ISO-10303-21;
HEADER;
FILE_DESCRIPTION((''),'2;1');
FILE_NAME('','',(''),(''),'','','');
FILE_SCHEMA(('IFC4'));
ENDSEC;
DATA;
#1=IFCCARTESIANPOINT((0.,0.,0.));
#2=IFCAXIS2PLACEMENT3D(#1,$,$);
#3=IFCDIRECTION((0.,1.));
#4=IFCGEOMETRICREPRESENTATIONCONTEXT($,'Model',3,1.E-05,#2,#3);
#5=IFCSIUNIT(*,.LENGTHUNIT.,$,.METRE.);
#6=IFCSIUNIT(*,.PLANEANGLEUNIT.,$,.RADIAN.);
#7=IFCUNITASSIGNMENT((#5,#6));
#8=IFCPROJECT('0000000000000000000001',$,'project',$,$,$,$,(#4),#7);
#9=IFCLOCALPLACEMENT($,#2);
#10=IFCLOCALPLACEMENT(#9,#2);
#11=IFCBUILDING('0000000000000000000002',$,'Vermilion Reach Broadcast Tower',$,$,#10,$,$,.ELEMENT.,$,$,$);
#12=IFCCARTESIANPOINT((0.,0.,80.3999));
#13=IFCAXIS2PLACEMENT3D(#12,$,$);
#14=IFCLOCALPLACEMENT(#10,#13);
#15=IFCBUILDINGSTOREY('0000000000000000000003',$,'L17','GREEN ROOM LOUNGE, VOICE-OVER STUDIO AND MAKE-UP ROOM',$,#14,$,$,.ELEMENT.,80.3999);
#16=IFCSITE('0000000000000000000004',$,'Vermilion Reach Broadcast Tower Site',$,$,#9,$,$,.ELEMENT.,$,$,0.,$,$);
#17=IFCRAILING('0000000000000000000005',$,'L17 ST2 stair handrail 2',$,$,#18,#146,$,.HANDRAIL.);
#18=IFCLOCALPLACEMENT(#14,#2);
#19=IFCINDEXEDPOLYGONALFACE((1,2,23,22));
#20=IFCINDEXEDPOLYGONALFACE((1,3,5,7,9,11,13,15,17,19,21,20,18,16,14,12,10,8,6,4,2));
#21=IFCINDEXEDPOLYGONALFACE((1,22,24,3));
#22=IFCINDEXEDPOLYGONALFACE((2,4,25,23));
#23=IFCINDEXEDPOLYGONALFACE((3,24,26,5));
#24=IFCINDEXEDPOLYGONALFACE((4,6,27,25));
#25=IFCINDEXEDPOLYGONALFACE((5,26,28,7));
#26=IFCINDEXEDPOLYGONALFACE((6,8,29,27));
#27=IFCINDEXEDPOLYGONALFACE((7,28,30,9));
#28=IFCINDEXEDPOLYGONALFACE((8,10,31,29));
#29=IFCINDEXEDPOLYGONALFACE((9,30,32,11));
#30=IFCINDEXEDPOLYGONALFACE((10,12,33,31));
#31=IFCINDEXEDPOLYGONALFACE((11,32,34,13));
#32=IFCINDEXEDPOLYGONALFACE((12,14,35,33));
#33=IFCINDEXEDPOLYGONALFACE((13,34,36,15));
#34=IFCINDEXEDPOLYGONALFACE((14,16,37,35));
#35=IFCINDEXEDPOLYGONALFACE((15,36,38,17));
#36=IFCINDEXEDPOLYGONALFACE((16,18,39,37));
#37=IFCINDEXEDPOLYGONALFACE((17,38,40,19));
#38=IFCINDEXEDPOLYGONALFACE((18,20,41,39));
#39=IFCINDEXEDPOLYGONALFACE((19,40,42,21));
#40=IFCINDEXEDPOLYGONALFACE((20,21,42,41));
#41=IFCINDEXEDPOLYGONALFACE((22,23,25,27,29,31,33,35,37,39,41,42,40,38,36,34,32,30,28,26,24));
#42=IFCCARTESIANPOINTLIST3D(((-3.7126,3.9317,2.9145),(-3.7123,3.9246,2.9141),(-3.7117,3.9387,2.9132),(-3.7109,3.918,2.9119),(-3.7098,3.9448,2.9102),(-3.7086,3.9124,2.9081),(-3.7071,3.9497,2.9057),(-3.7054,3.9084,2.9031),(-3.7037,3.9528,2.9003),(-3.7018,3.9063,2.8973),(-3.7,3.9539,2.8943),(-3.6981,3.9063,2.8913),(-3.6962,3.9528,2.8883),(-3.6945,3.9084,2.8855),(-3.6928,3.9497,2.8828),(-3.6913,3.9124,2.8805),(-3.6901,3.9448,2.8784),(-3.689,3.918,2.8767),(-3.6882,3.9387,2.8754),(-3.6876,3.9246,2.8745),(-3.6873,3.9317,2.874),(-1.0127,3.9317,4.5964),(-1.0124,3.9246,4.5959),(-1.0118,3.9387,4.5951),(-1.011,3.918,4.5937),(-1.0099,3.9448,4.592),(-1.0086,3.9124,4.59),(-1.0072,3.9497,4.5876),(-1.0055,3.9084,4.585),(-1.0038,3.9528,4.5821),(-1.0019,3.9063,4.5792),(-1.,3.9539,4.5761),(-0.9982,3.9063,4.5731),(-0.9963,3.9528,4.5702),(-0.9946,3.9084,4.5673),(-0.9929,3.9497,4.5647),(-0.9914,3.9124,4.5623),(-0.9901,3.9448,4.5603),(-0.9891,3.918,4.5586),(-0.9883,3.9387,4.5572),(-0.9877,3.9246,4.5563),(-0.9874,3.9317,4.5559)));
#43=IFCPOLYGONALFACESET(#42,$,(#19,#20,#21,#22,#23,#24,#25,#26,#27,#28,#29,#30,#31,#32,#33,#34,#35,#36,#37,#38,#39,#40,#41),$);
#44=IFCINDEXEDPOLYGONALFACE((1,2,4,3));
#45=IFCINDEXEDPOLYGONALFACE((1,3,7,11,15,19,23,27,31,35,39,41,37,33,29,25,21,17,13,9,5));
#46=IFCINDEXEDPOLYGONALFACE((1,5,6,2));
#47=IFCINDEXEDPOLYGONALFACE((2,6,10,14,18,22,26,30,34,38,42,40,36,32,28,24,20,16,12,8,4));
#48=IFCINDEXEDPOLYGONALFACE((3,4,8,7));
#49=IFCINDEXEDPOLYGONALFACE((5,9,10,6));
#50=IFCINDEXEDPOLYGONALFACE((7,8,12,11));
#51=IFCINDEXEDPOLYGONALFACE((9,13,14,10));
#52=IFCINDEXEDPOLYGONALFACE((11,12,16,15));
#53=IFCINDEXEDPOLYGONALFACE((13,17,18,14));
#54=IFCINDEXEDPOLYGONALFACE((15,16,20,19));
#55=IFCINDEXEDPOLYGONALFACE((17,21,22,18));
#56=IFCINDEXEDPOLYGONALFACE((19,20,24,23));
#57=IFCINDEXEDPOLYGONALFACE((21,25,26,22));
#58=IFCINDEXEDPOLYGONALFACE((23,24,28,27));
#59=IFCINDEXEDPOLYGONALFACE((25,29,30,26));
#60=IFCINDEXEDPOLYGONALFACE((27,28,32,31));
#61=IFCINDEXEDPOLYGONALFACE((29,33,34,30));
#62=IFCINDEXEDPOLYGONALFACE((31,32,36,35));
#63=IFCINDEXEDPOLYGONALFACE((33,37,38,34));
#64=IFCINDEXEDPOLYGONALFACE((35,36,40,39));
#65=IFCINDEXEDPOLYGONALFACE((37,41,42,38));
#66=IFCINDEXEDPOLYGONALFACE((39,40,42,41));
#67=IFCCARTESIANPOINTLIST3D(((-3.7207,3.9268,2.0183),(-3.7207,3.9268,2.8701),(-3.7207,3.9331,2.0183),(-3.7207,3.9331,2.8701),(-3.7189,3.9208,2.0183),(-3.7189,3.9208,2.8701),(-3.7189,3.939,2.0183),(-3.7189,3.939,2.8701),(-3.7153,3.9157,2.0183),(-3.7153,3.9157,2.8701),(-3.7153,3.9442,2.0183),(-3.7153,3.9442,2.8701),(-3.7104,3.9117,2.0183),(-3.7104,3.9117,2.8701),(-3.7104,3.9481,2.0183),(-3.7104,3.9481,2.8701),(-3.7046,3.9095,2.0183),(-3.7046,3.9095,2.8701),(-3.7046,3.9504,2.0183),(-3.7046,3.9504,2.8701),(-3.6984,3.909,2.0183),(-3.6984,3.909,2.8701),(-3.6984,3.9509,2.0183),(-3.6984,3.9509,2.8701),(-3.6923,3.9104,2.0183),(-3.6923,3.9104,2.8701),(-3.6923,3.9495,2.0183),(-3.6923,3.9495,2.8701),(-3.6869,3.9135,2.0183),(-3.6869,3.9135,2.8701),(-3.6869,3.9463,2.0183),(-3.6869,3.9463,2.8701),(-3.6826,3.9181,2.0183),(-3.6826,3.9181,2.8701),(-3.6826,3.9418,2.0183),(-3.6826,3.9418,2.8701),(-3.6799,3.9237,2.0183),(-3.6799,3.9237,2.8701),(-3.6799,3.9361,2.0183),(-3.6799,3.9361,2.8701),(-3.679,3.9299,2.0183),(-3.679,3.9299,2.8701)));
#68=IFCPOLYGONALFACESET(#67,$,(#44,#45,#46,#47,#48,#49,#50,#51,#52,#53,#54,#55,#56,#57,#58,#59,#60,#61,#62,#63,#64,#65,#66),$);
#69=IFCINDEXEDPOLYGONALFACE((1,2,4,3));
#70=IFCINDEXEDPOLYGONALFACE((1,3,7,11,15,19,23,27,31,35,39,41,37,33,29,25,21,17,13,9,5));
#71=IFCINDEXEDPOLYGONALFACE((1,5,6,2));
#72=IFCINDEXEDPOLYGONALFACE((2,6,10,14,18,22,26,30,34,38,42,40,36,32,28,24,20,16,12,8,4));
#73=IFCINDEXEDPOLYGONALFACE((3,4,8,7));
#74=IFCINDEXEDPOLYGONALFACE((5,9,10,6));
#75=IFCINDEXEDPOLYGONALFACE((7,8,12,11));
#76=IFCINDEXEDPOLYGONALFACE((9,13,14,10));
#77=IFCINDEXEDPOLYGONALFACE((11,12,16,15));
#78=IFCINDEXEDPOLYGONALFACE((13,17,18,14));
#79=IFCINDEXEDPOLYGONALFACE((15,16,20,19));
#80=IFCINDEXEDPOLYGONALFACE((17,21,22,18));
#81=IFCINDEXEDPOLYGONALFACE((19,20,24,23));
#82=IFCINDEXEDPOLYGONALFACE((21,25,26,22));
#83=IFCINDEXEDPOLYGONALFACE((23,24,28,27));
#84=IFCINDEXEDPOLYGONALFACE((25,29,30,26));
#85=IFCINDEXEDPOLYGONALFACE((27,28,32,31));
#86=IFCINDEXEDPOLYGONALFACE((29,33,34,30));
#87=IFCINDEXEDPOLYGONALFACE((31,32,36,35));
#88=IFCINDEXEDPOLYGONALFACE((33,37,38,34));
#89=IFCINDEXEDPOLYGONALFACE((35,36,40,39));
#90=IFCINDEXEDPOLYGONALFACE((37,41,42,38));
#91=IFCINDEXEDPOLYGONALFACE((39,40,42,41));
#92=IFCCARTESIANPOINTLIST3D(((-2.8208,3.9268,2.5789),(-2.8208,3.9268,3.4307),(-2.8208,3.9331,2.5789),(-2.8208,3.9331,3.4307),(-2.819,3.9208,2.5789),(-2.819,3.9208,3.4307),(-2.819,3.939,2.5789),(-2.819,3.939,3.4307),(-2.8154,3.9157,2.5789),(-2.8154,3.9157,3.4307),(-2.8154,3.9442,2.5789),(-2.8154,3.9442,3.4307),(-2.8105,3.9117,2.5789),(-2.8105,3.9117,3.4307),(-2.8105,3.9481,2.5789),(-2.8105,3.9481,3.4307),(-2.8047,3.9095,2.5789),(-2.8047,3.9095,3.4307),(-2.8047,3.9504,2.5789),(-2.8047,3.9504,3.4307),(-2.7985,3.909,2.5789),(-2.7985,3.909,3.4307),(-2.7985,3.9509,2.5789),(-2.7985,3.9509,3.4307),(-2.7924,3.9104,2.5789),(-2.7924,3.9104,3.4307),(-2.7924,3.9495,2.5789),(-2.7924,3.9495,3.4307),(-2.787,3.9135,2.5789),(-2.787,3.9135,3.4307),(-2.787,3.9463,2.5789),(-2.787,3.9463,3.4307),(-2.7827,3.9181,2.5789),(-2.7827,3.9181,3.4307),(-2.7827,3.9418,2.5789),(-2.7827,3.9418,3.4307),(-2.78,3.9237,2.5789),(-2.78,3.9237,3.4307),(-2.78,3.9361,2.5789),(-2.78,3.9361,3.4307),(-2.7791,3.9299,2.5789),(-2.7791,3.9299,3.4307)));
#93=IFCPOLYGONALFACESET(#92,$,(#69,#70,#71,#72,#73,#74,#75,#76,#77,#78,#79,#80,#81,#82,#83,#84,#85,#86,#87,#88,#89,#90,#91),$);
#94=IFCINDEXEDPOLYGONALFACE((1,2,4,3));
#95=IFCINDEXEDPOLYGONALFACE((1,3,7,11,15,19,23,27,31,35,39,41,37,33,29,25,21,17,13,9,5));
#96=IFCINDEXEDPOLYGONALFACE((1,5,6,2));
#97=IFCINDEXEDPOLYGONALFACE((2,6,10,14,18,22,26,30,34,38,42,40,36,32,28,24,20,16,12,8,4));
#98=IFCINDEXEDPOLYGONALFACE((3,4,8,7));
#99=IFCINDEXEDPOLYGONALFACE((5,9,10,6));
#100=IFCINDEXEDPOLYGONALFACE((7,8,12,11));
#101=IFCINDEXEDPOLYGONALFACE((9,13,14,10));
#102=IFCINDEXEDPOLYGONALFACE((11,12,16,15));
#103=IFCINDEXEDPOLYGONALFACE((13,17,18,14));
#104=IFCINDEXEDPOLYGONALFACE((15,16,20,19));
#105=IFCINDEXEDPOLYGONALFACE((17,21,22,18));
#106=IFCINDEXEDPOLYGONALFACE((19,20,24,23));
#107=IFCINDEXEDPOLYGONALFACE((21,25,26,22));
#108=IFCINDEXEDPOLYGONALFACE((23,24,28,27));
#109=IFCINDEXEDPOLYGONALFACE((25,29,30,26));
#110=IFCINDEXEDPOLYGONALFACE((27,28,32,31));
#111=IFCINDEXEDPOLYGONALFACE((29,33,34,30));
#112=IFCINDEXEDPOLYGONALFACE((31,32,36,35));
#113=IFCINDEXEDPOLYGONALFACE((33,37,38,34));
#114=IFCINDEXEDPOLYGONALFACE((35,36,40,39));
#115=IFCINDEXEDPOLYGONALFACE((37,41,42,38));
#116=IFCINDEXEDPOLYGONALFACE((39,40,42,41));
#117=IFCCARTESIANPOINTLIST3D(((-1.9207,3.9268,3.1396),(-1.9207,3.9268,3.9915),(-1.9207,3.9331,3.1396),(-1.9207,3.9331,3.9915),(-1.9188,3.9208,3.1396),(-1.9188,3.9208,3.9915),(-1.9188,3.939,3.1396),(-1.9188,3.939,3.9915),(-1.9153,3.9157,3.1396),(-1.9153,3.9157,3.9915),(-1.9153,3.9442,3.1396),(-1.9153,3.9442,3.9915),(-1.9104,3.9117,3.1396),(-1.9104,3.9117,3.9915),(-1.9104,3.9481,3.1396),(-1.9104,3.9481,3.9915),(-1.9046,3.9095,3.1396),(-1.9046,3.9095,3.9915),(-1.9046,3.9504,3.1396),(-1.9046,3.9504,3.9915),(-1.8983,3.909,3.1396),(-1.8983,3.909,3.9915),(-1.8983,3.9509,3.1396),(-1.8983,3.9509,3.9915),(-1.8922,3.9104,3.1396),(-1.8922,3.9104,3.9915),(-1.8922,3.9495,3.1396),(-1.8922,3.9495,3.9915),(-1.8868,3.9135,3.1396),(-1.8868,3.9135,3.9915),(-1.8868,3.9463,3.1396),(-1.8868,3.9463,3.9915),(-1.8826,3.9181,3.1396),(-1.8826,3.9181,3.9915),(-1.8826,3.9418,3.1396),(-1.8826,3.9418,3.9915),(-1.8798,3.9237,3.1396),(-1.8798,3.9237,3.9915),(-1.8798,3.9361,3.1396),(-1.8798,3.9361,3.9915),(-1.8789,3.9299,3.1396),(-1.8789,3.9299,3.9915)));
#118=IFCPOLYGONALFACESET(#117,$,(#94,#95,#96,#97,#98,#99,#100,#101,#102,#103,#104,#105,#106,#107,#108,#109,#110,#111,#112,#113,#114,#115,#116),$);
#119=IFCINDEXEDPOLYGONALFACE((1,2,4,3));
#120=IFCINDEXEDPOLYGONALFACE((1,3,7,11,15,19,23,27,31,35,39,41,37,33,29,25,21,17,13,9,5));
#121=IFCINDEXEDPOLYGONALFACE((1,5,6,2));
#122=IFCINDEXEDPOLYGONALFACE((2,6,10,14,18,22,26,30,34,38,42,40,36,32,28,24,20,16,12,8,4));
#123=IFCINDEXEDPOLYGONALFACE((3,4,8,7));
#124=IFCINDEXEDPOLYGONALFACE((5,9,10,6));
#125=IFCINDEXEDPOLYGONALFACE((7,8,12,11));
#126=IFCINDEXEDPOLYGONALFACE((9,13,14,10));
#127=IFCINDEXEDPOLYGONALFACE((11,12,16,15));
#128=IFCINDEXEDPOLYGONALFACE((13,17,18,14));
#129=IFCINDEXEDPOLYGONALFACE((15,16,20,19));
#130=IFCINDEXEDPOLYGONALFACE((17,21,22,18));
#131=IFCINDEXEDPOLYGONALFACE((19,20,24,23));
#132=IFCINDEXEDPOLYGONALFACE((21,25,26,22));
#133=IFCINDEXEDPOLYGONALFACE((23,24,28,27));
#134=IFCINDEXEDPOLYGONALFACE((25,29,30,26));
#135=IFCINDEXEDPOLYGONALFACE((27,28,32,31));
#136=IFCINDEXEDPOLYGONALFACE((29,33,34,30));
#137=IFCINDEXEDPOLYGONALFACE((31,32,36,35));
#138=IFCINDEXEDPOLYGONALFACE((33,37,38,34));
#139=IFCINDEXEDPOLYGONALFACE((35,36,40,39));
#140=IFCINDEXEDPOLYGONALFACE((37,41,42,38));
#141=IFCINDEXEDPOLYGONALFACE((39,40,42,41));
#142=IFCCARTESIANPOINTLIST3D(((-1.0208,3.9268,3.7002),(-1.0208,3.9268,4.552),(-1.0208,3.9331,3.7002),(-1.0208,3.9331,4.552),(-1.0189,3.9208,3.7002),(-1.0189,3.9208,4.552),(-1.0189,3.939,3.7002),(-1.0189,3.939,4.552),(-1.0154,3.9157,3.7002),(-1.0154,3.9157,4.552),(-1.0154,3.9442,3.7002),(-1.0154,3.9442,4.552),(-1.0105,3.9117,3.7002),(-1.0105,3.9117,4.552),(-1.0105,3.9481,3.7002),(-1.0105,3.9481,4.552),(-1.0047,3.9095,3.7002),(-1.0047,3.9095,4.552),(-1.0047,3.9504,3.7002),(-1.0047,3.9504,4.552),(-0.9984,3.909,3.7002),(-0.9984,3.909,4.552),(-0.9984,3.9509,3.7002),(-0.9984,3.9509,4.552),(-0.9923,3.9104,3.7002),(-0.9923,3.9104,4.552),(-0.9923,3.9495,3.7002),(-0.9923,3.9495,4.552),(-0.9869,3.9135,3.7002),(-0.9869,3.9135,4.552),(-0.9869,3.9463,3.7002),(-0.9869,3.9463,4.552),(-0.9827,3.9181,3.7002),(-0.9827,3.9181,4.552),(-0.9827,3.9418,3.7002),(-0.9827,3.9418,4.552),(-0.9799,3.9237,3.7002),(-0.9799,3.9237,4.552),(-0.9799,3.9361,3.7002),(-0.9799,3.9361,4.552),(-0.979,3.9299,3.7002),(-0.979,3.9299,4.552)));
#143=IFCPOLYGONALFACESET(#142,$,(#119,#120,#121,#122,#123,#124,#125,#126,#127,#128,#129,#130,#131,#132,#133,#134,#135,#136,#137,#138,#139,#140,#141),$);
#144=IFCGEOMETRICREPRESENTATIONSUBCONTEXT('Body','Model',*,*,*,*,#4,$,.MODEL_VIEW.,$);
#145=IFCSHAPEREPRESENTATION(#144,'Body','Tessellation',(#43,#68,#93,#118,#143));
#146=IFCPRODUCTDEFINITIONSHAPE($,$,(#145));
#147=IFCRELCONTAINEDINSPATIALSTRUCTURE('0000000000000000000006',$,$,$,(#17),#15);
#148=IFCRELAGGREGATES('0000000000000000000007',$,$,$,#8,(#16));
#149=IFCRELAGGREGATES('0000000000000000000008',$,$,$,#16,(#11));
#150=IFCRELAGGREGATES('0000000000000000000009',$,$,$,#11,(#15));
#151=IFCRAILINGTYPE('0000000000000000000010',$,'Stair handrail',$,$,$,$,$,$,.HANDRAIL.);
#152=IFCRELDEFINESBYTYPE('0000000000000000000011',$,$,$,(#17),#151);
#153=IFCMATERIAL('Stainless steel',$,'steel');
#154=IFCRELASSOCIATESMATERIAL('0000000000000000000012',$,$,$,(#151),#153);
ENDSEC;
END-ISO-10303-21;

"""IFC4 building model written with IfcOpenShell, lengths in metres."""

from ifc_helpers import new_model, si_unit, direction, frame, origin, origin_2d, place, context, subcontext, project, spatial, circle, extrude, material, type_object, element, save


model = new_model("IFC4")

# Units and contexts
model_context = context("Model", 3, precision=1e-05, world=origin(), true_north=direction((0.0, 1.0)))
body_context = subcontext(model_context, "Body", "Model", "MODEL_VIEW")
ifc_project = project(units=[si_unit("LENGTHUNIT", "METRE"), si_unit("PLANEANGLEUNIT", "RADIAN")], contexts=[model_context])

# Site, building, storey
site_placement = place(None, origin())
site = spatial("IfcSite", under=ifc_project, at=site_placement, Name="Vermilion Reach Broadcast Tower Site", CompositionType="ELEMENT", RefElevation=0.0)
building_placement = place(site_placement, origin())
building = spatial("IfcBuilding", under=site, at=building_placement, Name="Vermilion Reach Broadcast Tower", CompositionType="ELEMENT")
storey_placement = place(building_placement, frame((0.0, 0.0, 80.3999)))
storey = spatial("IfcBuildingStorey", under=building, at=storey_placement, Name="L17", Description="GREEN ROOM LOUNGE, VOICE-OVER STUDIO AND MAKE-UP ROOM", CompositionType="ELEMENT", Elevation=80.3999)

# Railing
ifc_material_1 = material(Name="Stainless steel", Category="steel")
railing_type_1 = type_object("IfcRailingType", Name="Stair handrail", PredefinedType="HANDRAIL", material=ifc_material_1)
railing_1_placement = place(storey_placement, frame((-3.7, 3.9299, 2.0183)))
element("IfcRailing", 1, at=railing_1_placement, inside=storey, type_object=railing_type_1, Name="L17 ST2 stair handrail 2", PredefinedType="HANDRAIL", context=body_context, shape_type="SweptSolid", body=[
    extrude(circle(Radius=0.0239, at=origin_2d()), frame((0.0, 0.0, 0.876), z_axis=(0.848786, 0.0, 0.528736), x_axis=(0.0, 1.0, 0.0)), (0.0, 0.0, 1.0), 3.1809),
    extrude(circle(Radius=0.021, at=origin_2d()), origin(), (0.0, 0.0, 1.0), 0.8518),
    extrude(circle(Radius=0.021, at=origin_2d()), frame((0.8999, 0.0, 0.5605)), (0.0, 0.0, 1.0), 0.8518),
    extrude(circle(Radius=0.021, at=origin_2d()), frame((1.8, 0.0, 1.1213)), (0.0, 0.0, 1.0), 0.8518),
    extrude(circle(Radius=0.021, at=origin_2d()), frame((2.7, 0.0, 1.6819)), (0.0, 0.0, 1.0), 0.8518),
])

save(model, "model.ifc")
